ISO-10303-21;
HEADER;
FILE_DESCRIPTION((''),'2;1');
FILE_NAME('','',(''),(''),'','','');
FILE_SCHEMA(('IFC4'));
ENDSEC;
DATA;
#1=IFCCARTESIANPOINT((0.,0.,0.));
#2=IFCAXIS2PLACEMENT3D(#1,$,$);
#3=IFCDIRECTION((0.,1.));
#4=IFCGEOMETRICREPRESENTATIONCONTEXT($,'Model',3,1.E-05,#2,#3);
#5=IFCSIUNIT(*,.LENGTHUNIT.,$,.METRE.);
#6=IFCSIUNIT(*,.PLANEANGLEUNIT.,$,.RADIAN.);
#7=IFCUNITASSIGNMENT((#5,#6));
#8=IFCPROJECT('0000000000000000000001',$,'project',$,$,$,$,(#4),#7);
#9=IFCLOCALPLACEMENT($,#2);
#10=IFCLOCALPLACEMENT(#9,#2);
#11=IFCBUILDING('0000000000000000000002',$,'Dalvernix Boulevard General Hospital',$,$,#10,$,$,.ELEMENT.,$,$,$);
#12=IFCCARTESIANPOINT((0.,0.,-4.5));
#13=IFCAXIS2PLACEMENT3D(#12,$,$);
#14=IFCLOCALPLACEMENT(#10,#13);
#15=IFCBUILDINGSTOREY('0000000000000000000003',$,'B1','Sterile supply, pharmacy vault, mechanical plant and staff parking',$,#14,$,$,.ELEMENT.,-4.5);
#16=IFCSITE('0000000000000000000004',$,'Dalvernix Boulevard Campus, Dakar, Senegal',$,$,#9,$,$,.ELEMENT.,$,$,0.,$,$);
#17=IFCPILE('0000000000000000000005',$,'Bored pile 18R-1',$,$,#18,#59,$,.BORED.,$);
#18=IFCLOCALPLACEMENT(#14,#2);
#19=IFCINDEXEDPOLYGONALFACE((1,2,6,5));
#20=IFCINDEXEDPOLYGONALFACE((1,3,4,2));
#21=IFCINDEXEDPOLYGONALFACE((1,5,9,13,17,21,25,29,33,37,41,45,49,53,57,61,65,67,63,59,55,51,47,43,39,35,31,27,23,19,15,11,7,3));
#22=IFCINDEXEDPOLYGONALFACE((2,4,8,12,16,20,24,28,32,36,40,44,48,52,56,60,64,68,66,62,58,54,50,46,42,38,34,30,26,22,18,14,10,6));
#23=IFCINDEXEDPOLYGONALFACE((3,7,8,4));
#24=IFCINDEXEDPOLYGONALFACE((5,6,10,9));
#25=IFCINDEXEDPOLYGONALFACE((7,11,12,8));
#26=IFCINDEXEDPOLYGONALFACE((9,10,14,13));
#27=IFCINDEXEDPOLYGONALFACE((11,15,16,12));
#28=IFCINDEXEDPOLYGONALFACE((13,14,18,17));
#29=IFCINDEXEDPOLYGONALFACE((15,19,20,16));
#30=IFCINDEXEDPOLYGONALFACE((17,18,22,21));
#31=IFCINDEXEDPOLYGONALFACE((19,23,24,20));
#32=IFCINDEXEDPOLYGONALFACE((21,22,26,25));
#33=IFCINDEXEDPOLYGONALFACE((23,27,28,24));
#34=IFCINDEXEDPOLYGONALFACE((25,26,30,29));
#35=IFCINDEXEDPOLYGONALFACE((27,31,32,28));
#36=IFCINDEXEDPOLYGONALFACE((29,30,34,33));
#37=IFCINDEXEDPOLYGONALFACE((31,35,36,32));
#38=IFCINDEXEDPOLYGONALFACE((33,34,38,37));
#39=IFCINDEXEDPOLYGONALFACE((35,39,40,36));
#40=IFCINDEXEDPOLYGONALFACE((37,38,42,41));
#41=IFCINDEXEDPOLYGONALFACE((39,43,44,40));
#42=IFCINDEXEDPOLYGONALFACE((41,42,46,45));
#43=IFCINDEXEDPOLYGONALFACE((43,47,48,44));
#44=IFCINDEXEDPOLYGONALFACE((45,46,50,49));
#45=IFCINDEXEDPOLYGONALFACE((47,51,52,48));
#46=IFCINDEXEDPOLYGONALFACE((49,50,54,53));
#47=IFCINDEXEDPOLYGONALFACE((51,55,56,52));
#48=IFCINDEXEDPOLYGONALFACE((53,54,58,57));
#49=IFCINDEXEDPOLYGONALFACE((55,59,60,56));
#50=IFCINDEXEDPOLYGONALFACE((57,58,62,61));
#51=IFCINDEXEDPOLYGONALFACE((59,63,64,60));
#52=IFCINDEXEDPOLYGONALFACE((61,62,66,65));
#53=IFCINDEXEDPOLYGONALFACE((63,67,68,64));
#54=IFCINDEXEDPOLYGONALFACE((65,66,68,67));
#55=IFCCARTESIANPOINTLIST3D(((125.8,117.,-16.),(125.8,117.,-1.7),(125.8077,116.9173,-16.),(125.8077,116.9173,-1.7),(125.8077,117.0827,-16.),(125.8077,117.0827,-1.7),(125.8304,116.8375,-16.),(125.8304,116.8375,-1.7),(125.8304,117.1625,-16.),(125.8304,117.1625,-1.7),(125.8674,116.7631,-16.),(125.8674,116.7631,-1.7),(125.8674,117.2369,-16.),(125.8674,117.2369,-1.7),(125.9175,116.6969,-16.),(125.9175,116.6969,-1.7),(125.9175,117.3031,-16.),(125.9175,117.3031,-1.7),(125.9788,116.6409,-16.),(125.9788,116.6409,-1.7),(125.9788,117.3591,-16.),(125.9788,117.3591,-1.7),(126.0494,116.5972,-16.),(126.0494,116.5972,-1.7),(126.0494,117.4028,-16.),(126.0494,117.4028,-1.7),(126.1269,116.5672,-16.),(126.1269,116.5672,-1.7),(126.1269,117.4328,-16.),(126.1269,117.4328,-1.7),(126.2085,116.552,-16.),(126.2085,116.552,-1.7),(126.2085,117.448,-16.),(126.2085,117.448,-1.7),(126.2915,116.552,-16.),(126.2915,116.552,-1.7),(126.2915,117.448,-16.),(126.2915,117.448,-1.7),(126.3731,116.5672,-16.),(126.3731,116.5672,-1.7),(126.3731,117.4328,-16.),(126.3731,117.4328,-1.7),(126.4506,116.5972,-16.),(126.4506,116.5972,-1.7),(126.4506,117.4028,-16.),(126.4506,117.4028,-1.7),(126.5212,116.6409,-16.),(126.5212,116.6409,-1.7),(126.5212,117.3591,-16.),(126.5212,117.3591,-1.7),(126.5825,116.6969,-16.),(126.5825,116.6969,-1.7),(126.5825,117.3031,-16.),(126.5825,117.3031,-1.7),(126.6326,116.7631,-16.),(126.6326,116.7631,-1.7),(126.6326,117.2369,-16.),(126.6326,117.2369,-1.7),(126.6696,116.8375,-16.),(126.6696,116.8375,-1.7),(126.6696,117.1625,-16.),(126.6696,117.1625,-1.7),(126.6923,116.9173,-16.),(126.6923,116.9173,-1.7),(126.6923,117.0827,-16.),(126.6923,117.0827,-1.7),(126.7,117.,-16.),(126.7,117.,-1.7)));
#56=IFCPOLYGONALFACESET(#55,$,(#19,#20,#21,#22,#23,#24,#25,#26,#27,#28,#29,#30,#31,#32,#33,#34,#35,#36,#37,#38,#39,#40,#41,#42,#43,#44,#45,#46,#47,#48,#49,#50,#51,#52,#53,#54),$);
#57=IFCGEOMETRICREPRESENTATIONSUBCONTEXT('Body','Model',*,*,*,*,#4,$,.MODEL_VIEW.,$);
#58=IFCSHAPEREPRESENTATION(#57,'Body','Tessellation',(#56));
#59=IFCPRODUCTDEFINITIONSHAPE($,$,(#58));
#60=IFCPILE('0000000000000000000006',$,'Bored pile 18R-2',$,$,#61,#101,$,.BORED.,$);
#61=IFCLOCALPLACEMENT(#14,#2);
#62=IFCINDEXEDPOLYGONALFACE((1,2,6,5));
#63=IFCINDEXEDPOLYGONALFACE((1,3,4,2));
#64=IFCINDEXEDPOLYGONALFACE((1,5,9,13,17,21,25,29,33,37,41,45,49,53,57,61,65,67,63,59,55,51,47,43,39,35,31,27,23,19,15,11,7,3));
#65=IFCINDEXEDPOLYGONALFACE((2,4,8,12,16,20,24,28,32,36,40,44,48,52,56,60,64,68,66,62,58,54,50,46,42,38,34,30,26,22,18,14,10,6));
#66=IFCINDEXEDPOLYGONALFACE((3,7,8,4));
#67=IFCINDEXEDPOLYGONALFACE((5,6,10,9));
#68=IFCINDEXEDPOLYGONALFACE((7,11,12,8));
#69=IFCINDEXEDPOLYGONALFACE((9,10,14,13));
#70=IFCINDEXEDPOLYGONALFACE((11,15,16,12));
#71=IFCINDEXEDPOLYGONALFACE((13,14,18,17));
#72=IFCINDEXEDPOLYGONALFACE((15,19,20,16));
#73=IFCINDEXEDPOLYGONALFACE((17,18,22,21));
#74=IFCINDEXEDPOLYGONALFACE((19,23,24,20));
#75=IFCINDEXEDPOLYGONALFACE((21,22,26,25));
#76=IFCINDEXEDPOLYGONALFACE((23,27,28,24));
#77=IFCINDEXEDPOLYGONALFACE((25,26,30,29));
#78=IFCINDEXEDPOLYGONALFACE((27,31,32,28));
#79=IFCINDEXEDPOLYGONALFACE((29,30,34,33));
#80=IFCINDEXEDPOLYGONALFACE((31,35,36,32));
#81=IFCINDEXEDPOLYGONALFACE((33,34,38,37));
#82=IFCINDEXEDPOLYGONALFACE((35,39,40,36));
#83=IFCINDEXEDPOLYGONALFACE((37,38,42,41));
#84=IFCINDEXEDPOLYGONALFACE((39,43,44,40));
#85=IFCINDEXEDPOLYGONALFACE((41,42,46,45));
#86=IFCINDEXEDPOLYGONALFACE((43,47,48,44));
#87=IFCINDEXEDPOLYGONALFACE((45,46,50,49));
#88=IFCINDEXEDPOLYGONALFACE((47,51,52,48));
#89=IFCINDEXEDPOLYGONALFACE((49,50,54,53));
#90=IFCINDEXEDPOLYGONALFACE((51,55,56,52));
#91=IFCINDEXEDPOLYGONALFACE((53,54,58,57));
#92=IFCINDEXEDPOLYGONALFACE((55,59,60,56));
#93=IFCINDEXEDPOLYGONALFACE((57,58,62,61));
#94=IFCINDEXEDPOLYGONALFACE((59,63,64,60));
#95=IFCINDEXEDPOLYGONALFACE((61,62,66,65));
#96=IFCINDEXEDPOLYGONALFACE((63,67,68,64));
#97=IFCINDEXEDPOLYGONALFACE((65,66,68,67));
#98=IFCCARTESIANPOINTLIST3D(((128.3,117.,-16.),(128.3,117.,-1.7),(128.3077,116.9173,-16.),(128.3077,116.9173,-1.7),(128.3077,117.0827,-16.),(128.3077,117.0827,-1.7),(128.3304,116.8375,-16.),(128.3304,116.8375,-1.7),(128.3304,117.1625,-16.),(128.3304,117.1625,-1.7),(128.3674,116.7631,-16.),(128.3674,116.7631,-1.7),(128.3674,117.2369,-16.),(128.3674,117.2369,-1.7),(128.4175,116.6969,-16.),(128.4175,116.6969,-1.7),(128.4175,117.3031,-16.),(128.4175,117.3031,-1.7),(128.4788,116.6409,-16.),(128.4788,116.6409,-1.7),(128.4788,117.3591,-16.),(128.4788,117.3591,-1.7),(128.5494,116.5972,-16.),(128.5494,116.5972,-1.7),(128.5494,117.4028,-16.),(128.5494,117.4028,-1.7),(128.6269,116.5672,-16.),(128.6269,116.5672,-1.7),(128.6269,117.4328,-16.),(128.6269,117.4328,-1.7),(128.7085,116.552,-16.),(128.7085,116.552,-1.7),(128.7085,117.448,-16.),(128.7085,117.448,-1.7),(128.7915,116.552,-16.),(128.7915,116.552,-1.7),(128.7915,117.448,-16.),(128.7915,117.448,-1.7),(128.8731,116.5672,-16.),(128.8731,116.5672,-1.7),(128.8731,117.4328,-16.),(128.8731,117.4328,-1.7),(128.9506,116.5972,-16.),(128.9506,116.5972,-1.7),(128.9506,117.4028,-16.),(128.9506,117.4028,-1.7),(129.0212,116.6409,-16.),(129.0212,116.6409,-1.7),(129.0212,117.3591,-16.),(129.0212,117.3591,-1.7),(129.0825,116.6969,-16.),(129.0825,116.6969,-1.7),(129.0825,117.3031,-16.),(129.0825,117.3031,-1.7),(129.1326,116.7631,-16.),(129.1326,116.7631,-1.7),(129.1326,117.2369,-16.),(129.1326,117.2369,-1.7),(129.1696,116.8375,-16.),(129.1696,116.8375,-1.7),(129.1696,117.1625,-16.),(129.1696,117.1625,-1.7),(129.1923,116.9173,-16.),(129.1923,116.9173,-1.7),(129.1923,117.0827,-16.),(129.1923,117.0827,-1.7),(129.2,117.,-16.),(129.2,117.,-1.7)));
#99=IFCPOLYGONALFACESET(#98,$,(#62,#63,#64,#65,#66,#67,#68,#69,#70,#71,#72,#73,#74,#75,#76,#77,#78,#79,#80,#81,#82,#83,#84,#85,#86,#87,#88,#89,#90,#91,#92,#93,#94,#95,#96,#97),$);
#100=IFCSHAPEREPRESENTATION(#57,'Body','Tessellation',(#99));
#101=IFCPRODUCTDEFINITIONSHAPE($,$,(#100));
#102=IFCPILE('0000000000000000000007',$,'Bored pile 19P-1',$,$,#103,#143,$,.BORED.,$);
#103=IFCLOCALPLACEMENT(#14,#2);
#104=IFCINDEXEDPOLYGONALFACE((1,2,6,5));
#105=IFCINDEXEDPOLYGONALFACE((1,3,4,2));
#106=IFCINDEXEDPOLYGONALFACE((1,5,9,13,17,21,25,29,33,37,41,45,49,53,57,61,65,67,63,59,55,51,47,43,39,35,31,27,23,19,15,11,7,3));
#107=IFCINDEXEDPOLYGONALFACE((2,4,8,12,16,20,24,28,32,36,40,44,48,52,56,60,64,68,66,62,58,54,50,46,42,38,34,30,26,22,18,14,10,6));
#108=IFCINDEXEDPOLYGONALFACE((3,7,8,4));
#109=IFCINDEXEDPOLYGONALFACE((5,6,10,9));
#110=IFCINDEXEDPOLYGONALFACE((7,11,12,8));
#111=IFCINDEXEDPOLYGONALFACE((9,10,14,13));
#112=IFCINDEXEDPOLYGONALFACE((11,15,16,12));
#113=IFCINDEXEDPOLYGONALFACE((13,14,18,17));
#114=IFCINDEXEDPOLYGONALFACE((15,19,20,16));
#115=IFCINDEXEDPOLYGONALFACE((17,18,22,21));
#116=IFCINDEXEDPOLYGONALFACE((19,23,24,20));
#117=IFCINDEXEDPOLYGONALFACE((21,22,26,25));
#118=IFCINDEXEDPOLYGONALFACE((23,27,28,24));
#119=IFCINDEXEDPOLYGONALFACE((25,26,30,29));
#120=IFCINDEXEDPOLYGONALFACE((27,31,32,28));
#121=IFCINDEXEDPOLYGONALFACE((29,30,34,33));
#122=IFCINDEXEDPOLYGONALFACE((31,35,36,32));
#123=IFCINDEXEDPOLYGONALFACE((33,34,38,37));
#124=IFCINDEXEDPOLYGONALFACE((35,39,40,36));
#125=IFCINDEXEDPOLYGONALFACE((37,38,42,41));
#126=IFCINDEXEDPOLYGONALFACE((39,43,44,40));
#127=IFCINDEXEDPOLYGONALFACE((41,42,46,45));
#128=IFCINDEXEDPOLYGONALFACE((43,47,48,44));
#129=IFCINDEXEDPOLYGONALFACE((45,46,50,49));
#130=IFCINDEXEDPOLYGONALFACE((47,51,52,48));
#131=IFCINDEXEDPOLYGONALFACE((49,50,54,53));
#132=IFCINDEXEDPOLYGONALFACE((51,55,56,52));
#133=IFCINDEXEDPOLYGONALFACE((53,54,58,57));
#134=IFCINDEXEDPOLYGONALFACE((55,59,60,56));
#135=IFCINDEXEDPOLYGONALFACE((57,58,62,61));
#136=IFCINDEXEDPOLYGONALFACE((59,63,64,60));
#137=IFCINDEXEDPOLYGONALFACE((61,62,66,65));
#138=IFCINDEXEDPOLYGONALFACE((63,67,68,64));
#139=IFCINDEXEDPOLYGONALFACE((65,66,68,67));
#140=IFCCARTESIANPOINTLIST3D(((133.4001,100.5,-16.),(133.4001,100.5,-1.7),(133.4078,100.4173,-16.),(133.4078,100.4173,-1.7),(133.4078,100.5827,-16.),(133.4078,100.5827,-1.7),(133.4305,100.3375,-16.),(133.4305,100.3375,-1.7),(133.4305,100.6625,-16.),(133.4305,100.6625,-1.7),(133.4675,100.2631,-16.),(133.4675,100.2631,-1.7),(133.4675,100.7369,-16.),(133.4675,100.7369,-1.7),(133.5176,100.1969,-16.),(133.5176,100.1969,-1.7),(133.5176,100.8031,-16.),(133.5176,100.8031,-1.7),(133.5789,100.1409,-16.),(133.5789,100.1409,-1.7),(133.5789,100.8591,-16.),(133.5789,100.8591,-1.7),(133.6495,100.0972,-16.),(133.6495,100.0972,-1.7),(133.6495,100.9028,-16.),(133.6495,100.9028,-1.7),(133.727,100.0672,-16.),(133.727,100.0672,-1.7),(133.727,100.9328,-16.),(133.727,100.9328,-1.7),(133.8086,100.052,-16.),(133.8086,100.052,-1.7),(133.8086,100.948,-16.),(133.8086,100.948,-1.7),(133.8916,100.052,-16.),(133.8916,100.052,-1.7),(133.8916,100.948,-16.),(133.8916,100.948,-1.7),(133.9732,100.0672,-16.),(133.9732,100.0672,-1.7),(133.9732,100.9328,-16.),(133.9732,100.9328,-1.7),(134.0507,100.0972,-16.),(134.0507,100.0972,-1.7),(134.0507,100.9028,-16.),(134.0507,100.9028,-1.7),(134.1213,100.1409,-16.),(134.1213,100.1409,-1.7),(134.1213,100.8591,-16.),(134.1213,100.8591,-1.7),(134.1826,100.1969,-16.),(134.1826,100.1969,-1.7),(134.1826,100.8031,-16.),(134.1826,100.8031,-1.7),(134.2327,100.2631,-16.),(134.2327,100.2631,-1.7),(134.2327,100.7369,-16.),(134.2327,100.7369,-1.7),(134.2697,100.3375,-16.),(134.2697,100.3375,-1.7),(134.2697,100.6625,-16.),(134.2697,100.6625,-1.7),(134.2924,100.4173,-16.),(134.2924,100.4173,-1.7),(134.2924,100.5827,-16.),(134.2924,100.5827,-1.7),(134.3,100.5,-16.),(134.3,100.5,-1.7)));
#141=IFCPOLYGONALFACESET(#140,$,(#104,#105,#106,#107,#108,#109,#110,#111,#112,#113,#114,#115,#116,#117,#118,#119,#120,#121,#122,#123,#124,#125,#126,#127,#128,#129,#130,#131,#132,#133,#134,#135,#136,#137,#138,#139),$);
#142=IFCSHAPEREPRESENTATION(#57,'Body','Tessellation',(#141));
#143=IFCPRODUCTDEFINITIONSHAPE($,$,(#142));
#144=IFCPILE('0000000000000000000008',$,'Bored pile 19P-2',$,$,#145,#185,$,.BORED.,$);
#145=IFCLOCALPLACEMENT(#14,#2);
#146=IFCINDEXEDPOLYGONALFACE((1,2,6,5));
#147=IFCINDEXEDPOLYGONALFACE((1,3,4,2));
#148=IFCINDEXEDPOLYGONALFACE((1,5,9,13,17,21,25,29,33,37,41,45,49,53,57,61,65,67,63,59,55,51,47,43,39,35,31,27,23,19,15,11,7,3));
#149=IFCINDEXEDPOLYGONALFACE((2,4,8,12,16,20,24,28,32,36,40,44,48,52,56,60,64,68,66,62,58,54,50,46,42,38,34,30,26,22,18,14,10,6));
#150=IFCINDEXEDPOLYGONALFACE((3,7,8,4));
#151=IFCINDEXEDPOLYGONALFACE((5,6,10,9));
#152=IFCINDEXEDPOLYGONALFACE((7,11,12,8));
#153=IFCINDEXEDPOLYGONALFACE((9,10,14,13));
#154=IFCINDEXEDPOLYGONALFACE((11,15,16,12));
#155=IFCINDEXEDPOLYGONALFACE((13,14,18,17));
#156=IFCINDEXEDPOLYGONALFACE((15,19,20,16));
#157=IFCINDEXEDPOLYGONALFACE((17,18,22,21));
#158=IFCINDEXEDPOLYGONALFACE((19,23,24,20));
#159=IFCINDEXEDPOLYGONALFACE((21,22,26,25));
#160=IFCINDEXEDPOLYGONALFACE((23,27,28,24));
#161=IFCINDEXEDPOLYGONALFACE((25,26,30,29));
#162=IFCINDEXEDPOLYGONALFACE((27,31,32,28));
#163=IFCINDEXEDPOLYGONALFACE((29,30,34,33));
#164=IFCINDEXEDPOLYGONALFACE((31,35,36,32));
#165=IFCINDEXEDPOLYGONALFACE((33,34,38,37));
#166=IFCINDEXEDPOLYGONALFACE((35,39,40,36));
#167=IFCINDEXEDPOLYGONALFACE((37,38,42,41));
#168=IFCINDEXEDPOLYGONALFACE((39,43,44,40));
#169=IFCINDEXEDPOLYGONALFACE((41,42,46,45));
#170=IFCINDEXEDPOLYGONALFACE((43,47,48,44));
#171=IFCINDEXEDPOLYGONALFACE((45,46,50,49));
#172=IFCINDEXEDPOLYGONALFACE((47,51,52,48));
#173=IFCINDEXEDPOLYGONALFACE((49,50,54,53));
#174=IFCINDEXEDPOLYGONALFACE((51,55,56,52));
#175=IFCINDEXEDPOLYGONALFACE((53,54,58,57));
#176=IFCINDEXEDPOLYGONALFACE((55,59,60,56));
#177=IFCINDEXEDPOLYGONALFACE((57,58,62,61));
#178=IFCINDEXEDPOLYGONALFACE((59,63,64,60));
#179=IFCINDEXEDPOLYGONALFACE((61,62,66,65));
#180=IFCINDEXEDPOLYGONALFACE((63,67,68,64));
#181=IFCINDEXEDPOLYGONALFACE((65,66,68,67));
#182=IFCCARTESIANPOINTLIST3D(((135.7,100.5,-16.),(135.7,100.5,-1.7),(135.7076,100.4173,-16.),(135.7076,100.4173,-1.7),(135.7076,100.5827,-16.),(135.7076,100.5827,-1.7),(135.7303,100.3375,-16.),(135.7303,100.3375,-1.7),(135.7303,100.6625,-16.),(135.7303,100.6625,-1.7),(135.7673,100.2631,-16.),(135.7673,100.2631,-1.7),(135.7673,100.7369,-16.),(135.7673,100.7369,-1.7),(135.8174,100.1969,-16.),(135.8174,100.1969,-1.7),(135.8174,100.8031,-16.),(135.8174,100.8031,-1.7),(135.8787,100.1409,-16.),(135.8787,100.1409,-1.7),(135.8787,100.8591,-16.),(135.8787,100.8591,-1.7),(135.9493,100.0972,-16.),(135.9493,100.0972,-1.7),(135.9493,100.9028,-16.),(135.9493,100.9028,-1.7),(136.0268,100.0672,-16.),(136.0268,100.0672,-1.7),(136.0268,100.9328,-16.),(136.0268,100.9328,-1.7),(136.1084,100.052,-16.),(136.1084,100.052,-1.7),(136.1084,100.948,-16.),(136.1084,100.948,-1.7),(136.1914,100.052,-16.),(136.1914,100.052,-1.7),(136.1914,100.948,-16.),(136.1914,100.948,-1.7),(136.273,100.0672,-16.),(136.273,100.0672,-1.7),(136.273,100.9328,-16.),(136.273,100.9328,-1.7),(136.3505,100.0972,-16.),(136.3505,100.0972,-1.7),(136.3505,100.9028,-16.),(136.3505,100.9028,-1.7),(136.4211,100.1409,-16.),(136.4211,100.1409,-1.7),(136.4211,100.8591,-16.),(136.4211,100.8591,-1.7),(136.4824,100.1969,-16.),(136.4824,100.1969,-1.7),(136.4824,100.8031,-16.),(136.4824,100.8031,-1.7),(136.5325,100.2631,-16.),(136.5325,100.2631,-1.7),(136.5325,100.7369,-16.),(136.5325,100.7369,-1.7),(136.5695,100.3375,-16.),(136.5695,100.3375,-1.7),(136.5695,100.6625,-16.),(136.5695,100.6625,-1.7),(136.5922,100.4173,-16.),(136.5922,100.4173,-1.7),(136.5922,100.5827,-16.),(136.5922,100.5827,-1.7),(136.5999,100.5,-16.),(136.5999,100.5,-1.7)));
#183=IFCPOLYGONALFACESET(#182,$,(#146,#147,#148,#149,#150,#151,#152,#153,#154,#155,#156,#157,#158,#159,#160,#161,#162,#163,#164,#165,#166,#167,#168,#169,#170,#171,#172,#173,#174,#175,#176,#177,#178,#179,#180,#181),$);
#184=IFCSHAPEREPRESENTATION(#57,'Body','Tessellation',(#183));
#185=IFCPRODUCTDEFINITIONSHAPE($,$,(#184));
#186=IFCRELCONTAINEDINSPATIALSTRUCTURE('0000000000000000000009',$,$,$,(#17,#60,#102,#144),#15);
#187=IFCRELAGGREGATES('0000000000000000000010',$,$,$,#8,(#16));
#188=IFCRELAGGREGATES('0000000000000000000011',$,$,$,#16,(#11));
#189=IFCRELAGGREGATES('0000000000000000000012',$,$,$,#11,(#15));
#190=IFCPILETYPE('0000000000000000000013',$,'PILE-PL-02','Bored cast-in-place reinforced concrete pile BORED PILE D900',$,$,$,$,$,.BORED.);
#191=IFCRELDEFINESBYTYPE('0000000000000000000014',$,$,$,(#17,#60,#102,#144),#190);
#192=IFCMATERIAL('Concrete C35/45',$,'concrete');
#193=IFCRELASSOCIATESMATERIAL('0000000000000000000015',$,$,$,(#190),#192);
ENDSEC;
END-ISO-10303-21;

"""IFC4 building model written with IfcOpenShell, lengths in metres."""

from ifc_helpers import new_model, si_unit, direction, frame, origin, origin_2d, place, context, subcontext, project, spatial, circle, extrude, material, material_profile, profile_set, type_object, element, save


model = new_model("IFC4")

# Units and contexts
model_context = context("Model", 3, precision=1e-05, world=origin(), true_north=direction((0.0, 1.0)))
body_context = subcontext(model_context, "Body", "Model", "MODEL_VIEW")
ifc_project = project(units=[si_unit("LENGTHUNIT", "METRE"), si_unit("PLANEANGLEUNIT", "RADIAN")], contexts=[model_context])

# Site, building, storey
site_placement = place(None, origin())
site = spatial("IfcSite", under=ifc_project, at=site_placement, Name="Dalvernix Boulevard Campus, Dakar, Senegal", CompositionType="ELEMENT", RefElevation=0.0)
building_placement = place(site_placement, origin())
building = spatial("IfcBuilding", under=site, at=building_placement, Name="Dalvernix Boulevard General Hospital", CompositionType="ELEMENT")
storey_placement = place(building_placement, frame((0.0, 0.0, -4.5)))
storey = spatial("IfcBuildingStorey", under=building, at=storey_placement, Name="B1", Description="Sterile supply, pharmacy vault, mechanical plant and staff parking", CompositionType="ELEMENT", Elevation=-4.5)

# Shared definitions
ifc_material_1 = material(Name="Concrete C35/45", Category="concrete")

# Piles
ifc_material_profile_1 = material_profile(ifc_material_1, circle(Radius=0.45, at=origin_2d()), Name="BORED PILE D900")
ifc_profile_set_1 = profile_set([ifc_material_profile_1], Name="Concrete C35/45")
pile_type = type_object("IfcPileType", Name="PILE-PL-02", Description="Bored cast-in-place reinforced concrete pile BORED PILE D900", PredefinedType="BORED", material=ifc_profile_set_1)
for number, where, z_axis, x_axis, name in (
    (1, (126.25, 117.0, -1.7), (0.0, 0.0, -1.0), (1.0, 0.0, 0.0), "Bored pile 18R-1"),
    (2, (128.75, 117.0, -1.7), (0.0, 0.0, -1.0), (1.0, 0.0, 0.0), "Bored pile 18R-2"),
    (3, (133.8501, 100.5, -1.7), (0.0, 0.0, -1.0), (1.0, 0.0, 0.0), "Bored pile 19P-1"),
    (4, (136.1499, 100.5, -1.7), (0.0, 0.0, -1.0), (1.0, 0.0, 0.0), "Bored pile 19P-2"),
):
    element("IfcPile", number, at=place(storey_placement, frame(where, z_axis=z_axis, x_axis=x_axis)), inside=storey, type_object=pile_type, Name=name, PredefinedType="BORED", context=body_context, shape_type="SweptSolid", body=[
        extrude(circle(Radius=0.45, at=origin_2d()), origin(), (0.0, 0.0, 1.0), 14.3),
    ])

save(model, "model.ifc")
